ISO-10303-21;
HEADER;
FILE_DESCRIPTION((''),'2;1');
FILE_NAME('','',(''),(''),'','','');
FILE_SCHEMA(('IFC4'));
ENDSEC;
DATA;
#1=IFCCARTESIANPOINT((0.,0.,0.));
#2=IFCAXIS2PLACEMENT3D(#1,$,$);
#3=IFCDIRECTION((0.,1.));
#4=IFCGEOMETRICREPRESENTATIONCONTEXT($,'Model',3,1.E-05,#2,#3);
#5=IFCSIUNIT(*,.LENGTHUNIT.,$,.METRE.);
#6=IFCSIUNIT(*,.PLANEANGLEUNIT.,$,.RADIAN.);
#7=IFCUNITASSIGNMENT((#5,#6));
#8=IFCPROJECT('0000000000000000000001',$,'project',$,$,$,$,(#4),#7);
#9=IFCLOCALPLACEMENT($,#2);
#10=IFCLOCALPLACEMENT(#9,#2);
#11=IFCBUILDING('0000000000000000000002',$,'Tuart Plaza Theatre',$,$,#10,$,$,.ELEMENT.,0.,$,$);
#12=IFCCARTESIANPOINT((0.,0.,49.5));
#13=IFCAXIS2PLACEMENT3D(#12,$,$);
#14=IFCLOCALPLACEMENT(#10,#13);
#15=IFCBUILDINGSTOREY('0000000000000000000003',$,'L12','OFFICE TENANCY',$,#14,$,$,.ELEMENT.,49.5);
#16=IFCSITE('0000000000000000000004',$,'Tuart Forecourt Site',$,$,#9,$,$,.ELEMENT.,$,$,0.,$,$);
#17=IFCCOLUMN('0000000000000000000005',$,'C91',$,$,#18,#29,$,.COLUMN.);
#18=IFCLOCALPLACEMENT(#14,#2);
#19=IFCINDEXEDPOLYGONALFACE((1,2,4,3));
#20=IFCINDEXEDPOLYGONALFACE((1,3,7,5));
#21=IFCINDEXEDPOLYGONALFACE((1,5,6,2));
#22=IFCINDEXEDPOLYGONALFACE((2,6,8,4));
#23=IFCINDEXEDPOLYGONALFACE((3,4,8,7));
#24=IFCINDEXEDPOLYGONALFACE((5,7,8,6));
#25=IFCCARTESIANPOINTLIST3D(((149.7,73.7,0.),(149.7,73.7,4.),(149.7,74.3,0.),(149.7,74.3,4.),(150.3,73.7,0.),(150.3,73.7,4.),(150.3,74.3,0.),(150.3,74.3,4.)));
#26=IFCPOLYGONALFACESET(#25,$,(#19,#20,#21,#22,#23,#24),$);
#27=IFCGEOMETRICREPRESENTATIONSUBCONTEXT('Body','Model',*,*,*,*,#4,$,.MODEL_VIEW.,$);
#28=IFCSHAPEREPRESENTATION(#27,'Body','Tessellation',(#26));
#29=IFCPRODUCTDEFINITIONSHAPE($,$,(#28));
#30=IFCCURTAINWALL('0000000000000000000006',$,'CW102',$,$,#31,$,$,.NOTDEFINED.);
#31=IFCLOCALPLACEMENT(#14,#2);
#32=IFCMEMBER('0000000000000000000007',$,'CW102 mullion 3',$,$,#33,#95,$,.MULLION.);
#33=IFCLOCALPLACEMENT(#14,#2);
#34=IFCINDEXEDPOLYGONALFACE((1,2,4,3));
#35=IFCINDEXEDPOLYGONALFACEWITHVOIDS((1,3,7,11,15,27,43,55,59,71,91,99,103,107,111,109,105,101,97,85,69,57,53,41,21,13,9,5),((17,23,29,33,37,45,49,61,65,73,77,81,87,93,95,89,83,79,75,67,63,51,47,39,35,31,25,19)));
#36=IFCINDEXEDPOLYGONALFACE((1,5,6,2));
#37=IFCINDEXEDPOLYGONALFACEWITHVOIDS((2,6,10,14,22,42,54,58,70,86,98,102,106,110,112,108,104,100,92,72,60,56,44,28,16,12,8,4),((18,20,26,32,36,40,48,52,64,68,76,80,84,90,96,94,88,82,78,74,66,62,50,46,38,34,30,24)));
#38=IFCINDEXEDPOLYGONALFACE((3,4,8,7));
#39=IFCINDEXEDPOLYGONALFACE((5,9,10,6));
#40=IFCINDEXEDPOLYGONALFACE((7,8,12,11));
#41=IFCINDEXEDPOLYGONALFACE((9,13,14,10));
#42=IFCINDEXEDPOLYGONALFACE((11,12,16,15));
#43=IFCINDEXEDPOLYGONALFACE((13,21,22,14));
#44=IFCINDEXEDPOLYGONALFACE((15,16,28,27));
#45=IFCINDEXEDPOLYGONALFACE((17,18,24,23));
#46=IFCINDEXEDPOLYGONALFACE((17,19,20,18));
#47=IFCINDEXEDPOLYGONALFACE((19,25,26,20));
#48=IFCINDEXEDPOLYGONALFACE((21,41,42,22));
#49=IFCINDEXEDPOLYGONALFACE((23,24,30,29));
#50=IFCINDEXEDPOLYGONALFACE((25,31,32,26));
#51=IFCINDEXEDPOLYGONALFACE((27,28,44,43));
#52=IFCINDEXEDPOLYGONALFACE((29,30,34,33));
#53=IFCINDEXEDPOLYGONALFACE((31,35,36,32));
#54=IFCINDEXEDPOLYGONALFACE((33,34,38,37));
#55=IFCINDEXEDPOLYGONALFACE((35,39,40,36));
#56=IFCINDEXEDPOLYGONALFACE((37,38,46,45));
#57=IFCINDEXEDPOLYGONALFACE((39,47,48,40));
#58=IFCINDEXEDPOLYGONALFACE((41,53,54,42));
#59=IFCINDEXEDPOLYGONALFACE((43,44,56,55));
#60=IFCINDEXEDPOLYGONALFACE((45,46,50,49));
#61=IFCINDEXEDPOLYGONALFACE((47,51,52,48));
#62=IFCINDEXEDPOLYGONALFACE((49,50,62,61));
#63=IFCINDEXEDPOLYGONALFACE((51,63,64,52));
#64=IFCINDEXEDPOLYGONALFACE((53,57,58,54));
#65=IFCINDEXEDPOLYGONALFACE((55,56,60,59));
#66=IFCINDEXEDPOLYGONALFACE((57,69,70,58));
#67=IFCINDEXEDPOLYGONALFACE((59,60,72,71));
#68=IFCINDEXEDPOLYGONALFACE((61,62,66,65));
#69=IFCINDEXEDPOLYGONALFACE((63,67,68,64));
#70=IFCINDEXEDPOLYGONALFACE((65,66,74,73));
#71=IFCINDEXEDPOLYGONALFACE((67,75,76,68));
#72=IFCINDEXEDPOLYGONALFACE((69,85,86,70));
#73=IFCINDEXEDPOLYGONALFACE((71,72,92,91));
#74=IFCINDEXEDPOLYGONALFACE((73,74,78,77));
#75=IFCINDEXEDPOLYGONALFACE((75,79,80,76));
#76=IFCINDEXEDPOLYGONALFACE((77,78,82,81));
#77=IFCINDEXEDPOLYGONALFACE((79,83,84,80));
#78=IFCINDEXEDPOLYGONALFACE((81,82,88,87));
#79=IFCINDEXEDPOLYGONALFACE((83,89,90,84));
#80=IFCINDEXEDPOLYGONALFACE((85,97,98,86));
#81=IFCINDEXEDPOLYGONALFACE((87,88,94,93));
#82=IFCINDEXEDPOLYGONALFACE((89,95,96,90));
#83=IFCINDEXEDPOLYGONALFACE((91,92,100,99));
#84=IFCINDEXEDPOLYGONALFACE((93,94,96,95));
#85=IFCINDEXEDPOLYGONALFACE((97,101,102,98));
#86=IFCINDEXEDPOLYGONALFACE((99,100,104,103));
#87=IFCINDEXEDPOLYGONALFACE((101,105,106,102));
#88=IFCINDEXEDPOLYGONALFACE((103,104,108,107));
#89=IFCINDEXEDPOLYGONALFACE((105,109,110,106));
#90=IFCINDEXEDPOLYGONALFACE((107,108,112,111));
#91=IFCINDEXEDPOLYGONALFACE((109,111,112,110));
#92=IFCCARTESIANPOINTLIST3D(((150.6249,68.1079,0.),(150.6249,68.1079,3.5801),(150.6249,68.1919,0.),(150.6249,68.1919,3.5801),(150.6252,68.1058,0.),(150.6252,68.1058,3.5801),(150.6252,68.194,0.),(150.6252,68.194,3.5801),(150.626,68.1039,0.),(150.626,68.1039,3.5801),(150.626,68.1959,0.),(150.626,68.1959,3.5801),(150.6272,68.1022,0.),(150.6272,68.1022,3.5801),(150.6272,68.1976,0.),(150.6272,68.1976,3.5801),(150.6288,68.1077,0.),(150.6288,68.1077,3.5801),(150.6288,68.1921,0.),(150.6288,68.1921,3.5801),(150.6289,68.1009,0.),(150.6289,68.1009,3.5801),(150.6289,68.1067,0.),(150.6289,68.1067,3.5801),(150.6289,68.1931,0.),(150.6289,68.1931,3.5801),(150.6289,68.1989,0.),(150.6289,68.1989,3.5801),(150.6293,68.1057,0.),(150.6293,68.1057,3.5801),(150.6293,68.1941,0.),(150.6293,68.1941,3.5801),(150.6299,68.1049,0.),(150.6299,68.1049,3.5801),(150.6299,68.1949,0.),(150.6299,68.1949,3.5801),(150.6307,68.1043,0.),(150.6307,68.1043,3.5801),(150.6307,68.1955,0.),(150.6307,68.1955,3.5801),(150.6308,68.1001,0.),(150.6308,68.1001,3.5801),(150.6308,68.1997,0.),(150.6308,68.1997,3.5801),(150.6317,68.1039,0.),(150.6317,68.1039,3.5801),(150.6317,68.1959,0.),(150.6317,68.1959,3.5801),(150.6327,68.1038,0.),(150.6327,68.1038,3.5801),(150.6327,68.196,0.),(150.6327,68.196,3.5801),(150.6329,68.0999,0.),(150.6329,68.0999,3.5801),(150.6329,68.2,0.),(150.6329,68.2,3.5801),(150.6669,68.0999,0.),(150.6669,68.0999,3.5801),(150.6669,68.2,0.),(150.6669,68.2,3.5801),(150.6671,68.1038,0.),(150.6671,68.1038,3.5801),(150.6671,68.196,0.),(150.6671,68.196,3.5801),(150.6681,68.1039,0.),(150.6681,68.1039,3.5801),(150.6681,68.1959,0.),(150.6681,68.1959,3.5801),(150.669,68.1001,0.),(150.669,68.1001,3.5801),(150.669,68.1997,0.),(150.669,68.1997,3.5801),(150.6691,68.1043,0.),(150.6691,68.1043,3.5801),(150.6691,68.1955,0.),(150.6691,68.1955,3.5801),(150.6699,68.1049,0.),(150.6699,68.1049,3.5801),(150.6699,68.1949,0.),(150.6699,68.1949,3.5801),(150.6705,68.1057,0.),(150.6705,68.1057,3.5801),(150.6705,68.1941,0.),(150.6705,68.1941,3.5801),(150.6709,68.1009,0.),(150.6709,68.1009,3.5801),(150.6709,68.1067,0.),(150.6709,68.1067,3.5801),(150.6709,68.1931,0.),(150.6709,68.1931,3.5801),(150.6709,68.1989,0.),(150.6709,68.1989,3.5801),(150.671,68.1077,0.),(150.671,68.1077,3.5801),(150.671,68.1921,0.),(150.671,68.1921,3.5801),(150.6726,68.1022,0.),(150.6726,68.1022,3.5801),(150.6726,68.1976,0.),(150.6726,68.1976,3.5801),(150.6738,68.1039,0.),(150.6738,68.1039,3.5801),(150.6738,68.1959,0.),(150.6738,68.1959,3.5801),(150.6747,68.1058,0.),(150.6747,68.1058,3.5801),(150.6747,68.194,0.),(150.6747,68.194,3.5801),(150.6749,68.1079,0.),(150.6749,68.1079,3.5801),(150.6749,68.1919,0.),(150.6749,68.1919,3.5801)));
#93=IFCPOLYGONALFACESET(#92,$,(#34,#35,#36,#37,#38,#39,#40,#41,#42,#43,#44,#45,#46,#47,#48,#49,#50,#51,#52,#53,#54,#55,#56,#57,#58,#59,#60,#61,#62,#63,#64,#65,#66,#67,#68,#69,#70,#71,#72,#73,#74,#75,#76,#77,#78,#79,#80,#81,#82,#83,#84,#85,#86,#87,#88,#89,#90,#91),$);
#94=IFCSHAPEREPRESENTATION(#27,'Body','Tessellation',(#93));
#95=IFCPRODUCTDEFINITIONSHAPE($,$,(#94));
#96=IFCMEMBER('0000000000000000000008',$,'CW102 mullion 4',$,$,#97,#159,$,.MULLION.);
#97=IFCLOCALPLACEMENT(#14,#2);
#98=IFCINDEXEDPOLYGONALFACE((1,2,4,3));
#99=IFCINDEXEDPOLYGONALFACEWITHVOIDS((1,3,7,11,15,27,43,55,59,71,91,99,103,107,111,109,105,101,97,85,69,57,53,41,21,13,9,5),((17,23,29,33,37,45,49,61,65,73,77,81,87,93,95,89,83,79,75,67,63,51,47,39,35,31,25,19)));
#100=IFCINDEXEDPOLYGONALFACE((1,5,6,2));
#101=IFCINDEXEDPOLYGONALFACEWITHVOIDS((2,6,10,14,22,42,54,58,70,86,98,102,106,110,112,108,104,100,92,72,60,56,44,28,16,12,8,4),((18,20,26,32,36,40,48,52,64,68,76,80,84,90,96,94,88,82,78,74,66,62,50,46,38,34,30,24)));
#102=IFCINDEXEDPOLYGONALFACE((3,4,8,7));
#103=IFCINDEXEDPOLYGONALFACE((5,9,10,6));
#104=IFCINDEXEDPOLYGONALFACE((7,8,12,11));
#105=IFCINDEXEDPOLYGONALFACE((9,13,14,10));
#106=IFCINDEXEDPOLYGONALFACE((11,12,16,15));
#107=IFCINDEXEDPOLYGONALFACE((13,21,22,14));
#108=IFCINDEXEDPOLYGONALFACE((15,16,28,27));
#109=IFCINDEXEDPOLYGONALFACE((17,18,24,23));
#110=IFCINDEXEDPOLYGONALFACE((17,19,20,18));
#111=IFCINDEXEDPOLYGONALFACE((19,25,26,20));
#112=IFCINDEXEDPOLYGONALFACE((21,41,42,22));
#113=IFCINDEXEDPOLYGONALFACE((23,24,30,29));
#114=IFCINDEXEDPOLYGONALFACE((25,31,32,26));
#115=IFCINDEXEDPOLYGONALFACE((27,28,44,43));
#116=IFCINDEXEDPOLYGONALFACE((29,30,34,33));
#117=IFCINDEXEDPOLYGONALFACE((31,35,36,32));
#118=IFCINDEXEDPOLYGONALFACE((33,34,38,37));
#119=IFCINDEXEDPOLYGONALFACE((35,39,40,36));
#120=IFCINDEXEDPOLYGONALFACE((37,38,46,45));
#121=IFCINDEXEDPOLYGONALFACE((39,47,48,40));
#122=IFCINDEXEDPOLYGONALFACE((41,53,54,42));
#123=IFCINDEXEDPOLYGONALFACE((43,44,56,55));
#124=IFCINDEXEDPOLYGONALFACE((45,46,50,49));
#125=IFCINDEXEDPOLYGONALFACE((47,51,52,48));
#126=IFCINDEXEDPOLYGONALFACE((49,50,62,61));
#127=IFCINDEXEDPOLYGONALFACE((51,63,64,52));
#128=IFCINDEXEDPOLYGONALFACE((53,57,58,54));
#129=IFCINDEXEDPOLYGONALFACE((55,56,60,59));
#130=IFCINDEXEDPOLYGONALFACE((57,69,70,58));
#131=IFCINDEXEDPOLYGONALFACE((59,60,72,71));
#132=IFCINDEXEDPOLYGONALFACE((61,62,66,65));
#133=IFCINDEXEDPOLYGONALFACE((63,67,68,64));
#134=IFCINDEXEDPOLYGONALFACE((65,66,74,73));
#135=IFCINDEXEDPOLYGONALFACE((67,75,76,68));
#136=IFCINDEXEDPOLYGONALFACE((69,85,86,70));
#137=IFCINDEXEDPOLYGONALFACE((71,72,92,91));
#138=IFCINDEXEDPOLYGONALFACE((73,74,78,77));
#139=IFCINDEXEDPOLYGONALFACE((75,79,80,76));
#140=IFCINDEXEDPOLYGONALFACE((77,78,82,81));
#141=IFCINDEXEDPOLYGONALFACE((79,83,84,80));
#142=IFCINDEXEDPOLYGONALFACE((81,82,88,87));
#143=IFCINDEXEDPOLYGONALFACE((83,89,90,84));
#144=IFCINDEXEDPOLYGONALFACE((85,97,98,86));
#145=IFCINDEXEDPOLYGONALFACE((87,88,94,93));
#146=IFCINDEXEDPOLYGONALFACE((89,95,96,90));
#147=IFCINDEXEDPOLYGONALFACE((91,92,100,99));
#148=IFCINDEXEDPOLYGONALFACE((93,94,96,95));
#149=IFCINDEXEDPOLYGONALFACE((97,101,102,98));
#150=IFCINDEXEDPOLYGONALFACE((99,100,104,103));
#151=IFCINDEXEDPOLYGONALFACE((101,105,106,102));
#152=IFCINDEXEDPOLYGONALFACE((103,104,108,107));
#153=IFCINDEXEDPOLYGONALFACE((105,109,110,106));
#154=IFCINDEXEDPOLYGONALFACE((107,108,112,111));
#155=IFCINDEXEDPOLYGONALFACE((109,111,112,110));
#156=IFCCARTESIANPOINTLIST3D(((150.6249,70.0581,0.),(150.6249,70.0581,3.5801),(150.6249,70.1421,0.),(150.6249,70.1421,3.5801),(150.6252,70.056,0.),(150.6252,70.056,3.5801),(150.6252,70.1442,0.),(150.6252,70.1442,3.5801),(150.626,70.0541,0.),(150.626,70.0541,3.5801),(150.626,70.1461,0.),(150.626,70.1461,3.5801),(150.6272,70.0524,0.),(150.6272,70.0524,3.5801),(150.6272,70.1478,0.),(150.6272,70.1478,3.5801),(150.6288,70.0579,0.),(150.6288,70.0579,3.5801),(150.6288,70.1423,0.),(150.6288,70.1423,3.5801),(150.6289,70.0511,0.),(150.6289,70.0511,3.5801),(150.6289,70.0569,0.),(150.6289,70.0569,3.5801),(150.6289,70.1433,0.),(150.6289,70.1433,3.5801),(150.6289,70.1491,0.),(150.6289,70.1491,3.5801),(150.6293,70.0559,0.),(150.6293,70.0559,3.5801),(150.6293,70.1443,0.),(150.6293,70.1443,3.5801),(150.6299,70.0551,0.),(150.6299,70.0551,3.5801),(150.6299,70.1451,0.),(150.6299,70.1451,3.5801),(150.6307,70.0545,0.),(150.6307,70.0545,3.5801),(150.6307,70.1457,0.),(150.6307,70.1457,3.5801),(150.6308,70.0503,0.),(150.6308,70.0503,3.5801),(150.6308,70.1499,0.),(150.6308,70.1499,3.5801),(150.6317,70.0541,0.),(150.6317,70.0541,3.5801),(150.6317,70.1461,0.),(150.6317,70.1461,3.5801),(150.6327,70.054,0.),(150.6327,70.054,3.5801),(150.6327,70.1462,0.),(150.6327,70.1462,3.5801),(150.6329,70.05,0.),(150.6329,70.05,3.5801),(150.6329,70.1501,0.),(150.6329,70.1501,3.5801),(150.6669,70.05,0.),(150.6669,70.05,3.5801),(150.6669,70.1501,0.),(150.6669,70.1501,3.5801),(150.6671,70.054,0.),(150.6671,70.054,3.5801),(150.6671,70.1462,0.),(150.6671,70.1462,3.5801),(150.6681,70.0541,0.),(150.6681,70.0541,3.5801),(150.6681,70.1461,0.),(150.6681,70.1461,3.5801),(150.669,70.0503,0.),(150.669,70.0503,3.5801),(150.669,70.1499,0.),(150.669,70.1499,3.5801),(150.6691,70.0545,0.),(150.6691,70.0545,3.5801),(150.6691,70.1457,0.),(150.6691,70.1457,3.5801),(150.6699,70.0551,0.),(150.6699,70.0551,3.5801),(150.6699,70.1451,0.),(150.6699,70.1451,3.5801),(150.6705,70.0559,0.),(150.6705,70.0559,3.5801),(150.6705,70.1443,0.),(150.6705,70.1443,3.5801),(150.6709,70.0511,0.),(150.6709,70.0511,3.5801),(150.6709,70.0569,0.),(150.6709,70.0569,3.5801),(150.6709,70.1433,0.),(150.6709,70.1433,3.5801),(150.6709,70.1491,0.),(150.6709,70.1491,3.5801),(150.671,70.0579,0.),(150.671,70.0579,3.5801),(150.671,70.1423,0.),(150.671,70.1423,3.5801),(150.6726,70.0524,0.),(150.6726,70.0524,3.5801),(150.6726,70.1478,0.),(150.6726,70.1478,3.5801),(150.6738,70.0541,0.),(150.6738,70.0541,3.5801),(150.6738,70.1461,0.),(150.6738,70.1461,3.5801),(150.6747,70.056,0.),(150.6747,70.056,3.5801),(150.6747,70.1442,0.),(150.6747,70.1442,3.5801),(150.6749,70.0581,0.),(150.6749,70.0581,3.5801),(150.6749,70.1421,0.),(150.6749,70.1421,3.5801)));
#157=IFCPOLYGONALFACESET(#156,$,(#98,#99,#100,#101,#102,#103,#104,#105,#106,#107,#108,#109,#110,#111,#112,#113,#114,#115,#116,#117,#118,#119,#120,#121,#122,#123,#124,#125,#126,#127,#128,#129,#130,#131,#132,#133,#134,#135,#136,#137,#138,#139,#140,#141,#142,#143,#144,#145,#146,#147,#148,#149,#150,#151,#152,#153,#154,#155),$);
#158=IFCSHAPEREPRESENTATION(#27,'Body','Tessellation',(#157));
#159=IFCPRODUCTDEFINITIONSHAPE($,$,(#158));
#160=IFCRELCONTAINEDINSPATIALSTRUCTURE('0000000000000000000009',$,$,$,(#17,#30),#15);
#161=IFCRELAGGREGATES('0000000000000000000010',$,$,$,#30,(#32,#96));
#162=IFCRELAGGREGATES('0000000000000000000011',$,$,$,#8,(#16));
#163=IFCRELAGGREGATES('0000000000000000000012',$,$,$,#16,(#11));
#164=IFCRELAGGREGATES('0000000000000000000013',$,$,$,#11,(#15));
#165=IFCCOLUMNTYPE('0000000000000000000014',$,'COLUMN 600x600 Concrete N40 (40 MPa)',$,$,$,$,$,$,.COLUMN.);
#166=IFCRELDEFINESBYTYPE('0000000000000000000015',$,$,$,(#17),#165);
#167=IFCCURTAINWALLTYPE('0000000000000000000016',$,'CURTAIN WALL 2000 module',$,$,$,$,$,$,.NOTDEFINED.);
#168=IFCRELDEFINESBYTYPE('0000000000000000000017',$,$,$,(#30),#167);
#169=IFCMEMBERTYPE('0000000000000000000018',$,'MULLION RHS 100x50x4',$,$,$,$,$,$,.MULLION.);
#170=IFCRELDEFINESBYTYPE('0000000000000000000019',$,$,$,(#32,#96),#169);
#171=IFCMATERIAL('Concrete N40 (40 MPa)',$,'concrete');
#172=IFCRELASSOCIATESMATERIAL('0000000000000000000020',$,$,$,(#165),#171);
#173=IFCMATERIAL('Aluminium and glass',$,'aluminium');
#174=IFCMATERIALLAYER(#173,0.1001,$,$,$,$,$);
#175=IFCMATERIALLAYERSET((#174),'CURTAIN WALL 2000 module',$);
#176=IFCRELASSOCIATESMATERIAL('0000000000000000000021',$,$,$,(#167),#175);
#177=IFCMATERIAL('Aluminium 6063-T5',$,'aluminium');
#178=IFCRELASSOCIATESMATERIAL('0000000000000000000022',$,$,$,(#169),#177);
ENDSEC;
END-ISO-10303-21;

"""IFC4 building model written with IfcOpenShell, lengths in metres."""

from ifc_helpers import new_model, si_unit, direction, frame, origin, origin_2d, place, context, subcontext, project, spatial, rectangle, hollow_rectangle, extrude, material, layer, layer_set, material_profile, profile_set, type_object, element, aggregate, save


model = new_model("IFC4")

# Units and contexts
model_context = context("Model", 3, precision=1e-05, world=origin(), true_north=direction((0.0, 1.0)))
body_context = subcontext(model_context, "Body", "Model", "MODEL_VIEW")
ifc_project = project(units=[si_unit("LENGTHUNIT", "METRE"), si_unit("PLANEANGLEUNIT", "RADIAN")], contexts=[model_context])

# Site, building, storey
site_placement = place(None, origin())
site = spatial("IfcSite", under=ifc_project, at=site_placement, Name="Tuart Forecourt Site", CompositionType="ELEMENT", RefElevation=0.0)
building_placement = place(site_placement, origin())
building = spatial("IfcBuilding", under=site, at=building_placement, Name="Tuart Plaza Theatre", CompositionType="ELEMENT", ElevationOfRefHeight=0.0)
storey_placement = place(building_placement, frame((0.0, 0.0, 49.5)))
storey = spatial("IfcBuildingStorey", under=building, at=storey_placement, Name="L12", Description="OFFICE TENANCY", CompositionType="ELEMENT", Elevation=49.5)

# Column
ifc_material_1 = material(Name="Concrete N40 (40 MPa)", Category="concrete")
ifc_material_profile_1 = material_profile(ifc_material_1, rectangle(XDim=0.6001, YDim=0.6001, at=origin_2d()), Name="COLUMN 600x600 Concrete N40 (40 MPa)")
ifc_profile_set_1 = profile_set([ifc_material_profile_1], Name="Concrete N40 (40 MPa)")
column_type = type_object("IfcColumnType", Name="COLUMN 600x600 Concrete N40 (40 MPa)", PredefinedType="COLUMN", material=ifc_profile_set_1)
column_placement = place(storey_placement, frame((150.0, 74.0, 0.0), z_axis=(0.0, 0.0, 1.0), x_axis=(1.0, 0.0, 0.0)))
element("IfcColumn", 1, at=column_placement, inside=storey, type_object=column_type, Name="C91", PredefinedType="COLUMN", context=body_context, shape_type="SweptSolid", body=[
    extrude(rectangle(XDim=0.6001, YDim=0.6001, at=origin_2d()), origin(), (0.0, 0.0, 1.0), 4.0),
])

# Curtain wall, members
ifc_material_2 = material(Name="Aluminium and glass", Category="aluminium")
ifc_layer_1 = layer(ifc_material_2, 0.1001)
ifc_layer_set_1 = layer_set([ifc_layer_1], Name="CURTAIN WALL 2000 module")
curtain_wall_type = type_object("IfcCurtainWallType", Name="CURTAIN WALL 2000 module", PredefinedType="NOTDEFINED", material=ifc_layer_set_1)
curtain_wall_placement = place(storey_placement, origin())
curtain_wall = element("IfcCurtainWall", 2, at=curtain_wall_placement, inside=storey, type_object=curtain_wall_type, Name="CW102", PredefinedType="NOTDEFINED")
ifc_material_3 = material(Name="Aluminium 6063-T5", Category="aluminium")
ifc_material_profile_2 = material_profile(ifc_material_3, hollow_rectangle(XDim=0.05, YDim=0.1001, WallThickness=0.0039, InnerFilletRadius=0.0039, OuterFilletRadius=0.0081, at=origin_2d()), Name="RHS 100x50x4")
ifc_profile_set_2 = profile_set([ifc_material_profile_2], Name="Aluminium 6063-T5")
member_type_1 = type_object("IfcMemberType", Name="MULLION RHS 100x50x4", PredefinedType="MULLION", material=ifc_profile_set_2)
member_1_placement = place(storey_placement, frame((150.6499, 68.1499, 0.0), z_axis=(0.0, 0.0, 1.0), x_axis=(-1.0, 0.0, 0.0)))
member_1 = element("IfcMember", 3, at=member_1_placement, type_object=member_type_1, Name="CW102 mullion 3", PredefinedType="MULLION", context=body_context, shape_type="SweptSolid", body=[
    extrude(hollow_rectangle(XDim=0.05, YDim=0.1001, WallThickness=0.0039, InnerFilletRadius=0.0039, OuterFilletRadius=0.0081, at=origin_2d()), origin(), (0.0, 0.0, 1.0), 3.5801),
])
member_2_placement = place(storey_placement, frame((150.6499, 70.1001, 0.0), z_axis=(0.0, 0.0, 1.0), x_axis=(-1.0, 0.0, 0.0)))
member_2 = element("IfcMember", 4, at=member_2_placement, type_object=member_type_1, Name="CW102 mullion 4", PredefinedType="MULLION", context=body_context, shape_type="SweptSolid", body=[
    extrude(hollow_rectangle(XDim=0.05, YDim=0.1001, WallThickness=0.0039, InnerFilletRadius=0.0039, OuterFilletRadius=0.0081, at=origin_2d()), origin(), (0.0, 0.0, 1.0), 3.5801),
])
aggregate(curtain_wall, [member_1, member_2])

save(model, "model.ifc")
